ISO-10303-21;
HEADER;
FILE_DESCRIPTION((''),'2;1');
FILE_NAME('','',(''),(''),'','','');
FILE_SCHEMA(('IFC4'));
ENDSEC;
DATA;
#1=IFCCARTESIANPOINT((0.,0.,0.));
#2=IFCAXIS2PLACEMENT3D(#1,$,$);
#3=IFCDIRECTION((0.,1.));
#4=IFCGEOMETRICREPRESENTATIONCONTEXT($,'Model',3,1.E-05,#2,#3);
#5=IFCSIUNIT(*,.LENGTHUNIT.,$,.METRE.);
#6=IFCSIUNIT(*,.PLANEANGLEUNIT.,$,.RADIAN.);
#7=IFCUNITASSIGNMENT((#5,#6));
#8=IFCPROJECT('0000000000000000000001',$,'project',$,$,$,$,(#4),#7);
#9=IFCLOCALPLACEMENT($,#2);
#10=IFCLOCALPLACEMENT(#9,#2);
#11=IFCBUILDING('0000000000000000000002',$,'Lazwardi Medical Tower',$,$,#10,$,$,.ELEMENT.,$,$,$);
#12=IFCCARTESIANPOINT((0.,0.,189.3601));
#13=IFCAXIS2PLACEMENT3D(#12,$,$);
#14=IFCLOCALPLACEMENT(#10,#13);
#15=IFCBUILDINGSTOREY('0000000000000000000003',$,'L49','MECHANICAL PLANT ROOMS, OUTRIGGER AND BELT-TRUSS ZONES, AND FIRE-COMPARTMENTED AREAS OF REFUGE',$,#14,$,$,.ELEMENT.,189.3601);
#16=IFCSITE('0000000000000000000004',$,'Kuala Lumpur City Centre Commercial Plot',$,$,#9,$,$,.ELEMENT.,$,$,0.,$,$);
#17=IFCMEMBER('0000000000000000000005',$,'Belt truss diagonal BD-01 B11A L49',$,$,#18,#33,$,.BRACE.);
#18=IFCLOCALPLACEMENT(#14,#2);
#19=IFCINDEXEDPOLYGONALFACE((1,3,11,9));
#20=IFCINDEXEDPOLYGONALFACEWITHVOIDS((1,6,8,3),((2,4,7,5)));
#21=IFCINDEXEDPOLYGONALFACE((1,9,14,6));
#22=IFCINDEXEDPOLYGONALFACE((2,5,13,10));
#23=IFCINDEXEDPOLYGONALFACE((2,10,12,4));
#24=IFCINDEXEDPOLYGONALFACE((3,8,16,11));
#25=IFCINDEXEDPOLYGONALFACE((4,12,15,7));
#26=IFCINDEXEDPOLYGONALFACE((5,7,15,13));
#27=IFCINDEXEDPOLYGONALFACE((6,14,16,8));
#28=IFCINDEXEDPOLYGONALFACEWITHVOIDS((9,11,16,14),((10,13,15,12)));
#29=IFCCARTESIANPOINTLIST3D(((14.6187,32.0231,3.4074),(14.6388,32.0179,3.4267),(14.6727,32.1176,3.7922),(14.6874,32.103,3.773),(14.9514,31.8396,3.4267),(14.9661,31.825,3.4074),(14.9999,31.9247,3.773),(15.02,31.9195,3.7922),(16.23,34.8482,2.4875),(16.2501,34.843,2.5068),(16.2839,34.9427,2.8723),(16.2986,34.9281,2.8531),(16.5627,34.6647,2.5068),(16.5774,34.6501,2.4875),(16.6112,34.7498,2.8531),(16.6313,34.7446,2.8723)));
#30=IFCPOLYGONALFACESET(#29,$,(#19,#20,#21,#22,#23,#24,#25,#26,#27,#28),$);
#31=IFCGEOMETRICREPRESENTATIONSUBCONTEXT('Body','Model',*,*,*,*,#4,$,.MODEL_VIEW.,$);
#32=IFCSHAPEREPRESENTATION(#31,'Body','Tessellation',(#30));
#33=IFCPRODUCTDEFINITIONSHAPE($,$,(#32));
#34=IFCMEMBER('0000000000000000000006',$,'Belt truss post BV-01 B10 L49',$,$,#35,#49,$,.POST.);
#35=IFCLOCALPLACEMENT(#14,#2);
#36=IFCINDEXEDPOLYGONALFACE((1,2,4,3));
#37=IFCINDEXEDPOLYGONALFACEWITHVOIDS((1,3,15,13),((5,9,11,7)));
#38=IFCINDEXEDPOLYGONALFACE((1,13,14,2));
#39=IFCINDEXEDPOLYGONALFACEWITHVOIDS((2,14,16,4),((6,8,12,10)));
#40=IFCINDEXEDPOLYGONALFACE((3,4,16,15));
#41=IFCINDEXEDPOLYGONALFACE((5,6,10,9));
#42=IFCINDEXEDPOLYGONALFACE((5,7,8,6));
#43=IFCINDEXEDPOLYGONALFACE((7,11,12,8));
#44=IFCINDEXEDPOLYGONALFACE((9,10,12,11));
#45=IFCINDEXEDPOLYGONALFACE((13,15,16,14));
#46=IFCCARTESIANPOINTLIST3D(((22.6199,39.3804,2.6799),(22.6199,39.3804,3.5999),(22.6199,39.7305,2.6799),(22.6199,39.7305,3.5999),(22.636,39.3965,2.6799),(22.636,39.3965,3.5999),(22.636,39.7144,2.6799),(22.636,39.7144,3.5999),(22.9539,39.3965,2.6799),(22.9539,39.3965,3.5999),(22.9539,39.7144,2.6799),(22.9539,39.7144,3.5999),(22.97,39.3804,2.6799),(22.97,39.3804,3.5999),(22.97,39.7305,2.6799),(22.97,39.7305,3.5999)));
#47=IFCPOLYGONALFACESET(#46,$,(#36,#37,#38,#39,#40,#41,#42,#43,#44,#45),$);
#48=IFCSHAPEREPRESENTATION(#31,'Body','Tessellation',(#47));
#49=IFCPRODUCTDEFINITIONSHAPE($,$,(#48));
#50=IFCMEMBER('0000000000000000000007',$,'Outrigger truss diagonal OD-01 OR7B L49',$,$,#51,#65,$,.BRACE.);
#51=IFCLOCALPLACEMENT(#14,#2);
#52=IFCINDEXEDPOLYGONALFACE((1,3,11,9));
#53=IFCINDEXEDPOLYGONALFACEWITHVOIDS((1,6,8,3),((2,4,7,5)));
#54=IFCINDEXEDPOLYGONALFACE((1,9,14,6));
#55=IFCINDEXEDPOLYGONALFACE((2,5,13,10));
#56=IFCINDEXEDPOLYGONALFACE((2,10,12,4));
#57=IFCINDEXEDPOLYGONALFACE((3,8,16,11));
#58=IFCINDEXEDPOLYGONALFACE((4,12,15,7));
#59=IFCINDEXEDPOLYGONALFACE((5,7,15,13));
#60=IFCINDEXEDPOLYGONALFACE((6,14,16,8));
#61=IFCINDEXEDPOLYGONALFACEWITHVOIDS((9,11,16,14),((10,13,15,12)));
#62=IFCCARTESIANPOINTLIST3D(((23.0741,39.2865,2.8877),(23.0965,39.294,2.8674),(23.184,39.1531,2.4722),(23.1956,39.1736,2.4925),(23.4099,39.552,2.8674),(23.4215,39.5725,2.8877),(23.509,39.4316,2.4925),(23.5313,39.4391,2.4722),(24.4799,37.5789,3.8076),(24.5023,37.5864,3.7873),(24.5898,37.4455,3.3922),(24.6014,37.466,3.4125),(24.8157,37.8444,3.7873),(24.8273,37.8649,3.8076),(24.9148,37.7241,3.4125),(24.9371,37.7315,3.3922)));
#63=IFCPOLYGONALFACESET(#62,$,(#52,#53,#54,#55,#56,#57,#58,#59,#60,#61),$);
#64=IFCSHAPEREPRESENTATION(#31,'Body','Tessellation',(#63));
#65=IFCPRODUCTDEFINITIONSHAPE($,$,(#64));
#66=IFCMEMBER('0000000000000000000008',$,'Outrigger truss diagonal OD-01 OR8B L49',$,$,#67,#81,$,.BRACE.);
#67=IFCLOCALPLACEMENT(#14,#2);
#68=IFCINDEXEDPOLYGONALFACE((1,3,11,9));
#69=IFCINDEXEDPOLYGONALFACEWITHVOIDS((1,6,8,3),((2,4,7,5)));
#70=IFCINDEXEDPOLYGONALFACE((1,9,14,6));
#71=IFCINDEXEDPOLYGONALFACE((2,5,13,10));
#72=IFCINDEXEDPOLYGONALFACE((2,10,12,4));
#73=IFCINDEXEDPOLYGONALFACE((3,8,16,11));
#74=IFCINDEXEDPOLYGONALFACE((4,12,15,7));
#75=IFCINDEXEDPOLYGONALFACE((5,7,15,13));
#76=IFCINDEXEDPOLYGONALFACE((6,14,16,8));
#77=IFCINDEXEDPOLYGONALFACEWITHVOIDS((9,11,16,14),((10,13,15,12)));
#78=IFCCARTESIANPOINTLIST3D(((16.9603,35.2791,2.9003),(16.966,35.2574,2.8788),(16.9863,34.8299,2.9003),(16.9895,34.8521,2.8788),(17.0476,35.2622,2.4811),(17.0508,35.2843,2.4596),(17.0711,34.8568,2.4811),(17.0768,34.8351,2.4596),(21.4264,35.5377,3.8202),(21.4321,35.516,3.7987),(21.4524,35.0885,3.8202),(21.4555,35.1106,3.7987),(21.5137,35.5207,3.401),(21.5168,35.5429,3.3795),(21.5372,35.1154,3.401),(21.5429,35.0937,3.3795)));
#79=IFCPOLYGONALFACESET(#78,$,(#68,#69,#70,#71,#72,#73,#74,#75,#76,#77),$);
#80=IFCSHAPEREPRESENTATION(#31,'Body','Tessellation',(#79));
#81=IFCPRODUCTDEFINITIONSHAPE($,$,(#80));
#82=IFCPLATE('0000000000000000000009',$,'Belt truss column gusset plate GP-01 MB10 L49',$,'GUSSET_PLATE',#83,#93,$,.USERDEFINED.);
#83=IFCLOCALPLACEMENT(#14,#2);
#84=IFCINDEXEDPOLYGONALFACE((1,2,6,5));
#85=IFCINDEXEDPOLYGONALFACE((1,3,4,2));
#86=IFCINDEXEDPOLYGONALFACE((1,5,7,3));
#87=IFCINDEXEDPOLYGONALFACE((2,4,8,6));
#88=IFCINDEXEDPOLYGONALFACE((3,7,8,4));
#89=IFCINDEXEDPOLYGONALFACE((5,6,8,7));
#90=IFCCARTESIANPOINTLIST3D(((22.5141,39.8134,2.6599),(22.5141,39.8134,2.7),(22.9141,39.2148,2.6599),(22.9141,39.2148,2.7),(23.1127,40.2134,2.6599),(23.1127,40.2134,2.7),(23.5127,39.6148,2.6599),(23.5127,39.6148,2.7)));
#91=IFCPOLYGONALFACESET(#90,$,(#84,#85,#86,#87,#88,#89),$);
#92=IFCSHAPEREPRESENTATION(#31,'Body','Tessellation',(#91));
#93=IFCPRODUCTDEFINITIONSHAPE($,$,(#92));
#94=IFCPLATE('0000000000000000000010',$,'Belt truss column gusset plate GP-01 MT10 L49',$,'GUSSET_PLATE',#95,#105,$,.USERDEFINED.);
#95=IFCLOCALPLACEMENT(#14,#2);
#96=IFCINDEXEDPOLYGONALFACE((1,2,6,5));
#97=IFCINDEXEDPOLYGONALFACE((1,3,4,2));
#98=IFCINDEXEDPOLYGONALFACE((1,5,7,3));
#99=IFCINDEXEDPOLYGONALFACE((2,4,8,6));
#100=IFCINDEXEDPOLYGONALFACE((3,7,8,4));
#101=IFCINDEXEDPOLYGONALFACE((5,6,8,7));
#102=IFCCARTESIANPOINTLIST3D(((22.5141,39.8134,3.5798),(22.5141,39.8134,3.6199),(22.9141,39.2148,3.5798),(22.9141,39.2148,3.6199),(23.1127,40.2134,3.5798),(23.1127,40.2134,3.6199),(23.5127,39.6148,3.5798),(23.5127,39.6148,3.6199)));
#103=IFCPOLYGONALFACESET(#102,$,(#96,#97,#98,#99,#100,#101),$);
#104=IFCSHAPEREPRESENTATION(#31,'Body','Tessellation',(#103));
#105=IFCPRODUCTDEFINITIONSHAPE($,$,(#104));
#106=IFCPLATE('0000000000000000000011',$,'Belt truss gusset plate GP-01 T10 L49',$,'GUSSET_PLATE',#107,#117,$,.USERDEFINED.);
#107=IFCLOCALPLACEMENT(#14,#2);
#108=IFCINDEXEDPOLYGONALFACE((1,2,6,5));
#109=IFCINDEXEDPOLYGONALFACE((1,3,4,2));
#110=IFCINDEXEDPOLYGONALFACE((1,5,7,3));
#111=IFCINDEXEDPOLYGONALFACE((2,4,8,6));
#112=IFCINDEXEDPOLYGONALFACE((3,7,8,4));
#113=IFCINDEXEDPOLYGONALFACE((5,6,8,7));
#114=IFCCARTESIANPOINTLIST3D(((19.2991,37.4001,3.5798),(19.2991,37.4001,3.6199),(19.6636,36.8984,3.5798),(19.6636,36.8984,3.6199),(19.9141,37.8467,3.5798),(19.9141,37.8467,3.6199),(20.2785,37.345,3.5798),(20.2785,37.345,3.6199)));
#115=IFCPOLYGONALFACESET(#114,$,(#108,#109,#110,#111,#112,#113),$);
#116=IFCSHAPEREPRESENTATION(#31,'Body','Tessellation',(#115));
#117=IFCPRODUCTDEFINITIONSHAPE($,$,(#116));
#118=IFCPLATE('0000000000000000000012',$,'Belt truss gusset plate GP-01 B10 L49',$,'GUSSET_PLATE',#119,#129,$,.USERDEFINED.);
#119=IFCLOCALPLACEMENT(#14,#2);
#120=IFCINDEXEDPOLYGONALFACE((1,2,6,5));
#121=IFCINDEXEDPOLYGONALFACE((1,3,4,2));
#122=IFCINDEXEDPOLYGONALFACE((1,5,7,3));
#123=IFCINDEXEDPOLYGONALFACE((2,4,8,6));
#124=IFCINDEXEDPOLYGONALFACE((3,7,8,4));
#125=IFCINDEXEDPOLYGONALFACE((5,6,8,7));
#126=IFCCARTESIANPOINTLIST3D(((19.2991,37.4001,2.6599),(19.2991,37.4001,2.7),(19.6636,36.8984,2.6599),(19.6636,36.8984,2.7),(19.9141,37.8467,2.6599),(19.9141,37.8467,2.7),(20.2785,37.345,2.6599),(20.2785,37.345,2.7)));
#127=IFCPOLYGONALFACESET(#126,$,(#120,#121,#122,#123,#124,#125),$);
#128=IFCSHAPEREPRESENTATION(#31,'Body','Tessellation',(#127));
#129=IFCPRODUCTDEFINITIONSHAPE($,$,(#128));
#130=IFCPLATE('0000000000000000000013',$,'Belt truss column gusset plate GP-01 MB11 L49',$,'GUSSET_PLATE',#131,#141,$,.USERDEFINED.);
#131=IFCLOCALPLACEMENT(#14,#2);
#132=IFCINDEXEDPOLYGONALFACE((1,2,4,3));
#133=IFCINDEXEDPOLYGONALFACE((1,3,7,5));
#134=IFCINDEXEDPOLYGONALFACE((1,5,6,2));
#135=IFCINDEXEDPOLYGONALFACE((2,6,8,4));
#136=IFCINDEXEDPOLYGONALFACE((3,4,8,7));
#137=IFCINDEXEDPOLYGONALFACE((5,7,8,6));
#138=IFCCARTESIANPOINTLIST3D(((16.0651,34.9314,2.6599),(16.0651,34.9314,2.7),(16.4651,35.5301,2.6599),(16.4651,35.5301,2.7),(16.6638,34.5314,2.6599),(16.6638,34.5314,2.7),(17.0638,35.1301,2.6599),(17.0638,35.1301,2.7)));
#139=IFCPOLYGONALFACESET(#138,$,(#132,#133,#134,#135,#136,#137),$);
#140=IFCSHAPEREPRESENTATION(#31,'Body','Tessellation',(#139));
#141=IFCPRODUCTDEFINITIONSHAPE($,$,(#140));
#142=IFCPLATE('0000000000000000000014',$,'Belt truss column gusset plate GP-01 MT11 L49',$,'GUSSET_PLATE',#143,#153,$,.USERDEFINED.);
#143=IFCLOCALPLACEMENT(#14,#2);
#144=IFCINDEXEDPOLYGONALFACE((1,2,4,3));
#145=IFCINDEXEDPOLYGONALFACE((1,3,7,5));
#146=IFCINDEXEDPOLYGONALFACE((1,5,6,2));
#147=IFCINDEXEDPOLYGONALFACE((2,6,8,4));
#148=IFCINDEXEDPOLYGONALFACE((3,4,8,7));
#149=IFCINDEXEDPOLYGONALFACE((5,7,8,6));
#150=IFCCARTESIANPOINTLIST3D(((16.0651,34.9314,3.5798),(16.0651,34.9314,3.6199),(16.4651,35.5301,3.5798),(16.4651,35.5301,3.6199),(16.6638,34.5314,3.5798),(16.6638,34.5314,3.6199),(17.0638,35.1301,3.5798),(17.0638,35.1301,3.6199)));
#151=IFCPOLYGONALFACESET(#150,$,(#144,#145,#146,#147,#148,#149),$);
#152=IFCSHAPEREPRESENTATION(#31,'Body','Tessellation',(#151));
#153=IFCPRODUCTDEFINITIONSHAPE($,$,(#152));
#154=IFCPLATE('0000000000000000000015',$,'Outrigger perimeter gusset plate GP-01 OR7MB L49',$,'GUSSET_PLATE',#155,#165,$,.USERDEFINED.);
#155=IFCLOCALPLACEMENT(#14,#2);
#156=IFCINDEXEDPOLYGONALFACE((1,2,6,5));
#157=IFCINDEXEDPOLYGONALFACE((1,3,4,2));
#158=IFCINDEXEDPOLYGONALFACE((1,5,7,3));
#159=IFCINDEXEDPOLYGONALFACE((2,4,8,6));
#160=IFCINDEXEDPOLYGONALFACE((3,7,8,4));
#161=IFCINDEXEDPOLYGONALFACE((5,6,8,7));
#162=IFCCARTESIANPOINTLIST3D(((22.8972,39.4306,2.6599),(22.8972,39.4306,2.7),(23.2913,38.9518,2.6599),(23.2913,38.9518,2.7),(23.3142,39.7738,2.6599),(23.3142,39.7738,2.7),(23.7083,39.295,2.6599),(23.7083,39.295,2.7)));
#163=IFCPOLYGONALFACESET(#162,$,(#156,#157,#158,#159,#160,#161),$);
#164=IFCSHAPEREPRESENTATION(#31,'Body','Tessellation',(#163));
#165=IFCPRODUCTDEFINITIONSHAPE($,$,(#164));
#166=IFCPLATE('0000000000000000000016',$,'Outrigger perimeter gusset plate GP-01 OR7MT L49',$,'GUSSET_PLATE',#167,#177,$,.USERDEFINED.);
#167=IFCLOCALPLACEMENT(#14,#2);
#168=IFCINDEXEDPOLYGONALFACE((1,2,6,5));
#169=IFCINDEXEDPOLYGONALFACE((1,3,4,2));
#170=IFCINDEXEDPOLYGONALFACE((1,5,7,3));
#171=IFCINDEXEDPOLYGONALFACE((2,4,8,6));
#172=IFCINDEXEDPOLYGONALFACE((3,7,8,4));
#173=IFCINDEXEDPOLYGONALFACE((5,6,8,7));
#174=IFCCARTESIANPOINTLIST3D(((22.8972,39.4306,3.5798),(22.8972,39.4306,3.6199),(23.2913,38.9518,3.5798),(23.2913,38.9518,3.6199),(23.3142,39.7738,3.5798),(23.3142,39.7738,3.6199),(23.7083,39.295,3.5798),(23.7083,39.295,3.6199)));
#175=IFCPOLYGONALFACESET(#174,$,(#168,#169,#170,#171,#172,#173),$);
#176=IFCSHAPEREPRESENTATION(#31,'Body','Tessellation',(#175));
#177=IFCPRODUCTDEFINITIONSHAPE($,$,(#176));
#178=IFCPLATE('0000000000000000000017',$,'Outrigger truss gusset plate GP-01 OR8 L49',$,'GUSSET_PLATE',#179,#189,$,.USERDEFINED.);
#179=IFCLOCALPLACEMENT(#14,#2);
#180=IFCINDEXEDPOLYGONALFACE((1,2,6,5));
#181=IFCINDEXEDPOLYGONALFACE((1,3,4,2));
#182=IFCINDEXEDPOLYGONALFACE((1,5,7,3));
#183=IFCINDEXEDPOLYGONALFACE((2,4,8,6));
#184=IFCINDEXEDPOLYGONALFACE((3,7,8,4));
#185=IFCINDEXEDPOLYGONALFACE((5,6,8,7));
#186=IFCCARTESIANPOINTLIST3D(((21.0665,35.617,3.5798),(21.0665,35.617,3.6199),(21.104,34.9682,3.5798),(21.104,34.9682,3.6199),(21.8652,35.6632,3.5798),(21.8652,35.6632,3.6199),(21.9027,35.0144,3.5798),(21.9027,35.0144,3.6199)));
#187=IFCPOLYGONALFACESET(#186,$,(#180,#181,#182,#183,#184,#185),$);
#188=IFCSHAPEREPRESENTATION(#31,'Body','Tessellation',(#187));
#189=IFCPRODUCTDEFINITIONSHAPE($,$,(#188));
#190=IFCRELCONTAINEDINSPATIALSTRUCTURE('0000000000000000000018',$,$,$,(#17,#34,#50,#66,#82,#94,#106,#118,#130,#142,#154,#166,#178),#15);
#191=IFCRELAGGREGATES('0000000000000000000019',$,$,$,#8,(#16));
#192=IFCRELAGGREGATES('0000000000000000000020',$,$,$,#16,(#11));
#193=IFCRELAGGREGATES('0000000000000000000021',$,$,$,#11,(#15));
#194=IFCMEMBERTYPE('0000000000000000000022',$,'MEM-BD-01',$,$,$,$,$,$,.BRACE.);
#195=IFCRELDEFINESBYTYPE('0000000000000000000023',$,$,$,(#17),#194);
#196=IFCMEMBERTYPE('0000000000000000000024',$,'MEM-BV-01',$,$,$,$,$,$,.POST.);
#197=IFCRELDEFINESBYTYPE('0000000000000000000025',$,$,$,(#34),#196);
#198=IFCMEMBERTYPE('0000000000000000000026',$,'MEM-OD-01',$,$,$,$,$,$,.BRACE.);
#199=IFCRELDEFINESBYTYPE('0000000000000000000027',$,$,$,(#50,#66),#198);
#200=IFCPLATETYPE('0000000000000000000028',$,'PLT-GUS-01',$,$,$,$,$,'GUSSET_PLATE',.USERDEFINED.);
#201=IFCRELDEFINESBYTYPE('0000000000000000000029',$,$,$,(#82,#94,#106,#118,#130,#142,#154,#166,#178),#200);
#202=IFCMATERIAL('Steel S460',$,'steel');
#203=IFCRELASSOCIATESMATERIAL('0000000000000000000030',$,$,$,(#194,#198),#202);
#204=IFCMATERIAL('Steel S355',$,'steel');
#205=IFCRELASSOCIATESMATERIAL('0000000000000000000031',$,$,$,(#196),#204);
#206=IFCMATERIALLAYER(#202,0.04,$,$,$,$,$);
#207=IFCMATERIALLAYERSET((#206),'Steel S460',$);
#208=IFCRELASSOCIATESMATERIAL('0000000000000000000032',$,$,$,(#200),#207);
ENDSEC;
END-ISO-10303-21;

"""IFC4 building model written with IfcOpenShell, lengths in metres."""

from ifc_helpers import new_model, si_unit, direction, frame, origin, origin_2d, place, context, subcontext, project, spatial, rectangle, hollow_rectangle, extrude, material, layer, layer_set, material_profile, profile_set, type_object, element, save


model = new_model("IFC4")

# Units and contexts
model_context = context("Model", 3, precision=1e-05, world=origin(), true_north=direction((0.0, 1.0)))
body_context = subcontext(model_context, "Body", "Model", "MODEL_VIEW")
ifc_project = project(units=[si_unit("LENGTHUNIT", "METRE"), si_unit("PLANEANGLEUNIT", "RADIAN")], contexts=[model_context])

# Site, building, storey
site_placement = place(None, origin())
site = spatial("IfcSite", under=ifc_project, at=site_placement, Name="Kuala Lumpur City Centre Commercial Plot", CompositionType="ELEMENT", RefElevation=0.0)
building_placement = place(site_placement, origin())
building = spatial("IfcBuilding", under=site, at=building_placement, Name="Lazwardi Medical Tower", CompositionType="ELEMENT")
storey_placement = place(building_placement, frame((0.0, 0.0, 189.3601)))
storey = spatial("IfcBuildingStorey", under=building, at=storey_placement, Name="L49", Description="MECHANICAL PLANT ROOMS, OUTRIGGER AND BELT-TRUSS ZONES, AND FIRE-COMPARTMENTED AREAS OF REFUGE", CompositionType="ELEMENT", Elevation=189.3601)

# Shared definitions
ifc_material_1 = material(Name="Steel S355", Category="steel")
ifc_material_2 = material(Name="Steel S460", Category="steel")

# Members
ifc_material_profile_1 = material_profile(ifc_material_2, hollow_rectangle(XDim=0.3999, YDim=0.3999, WallThickness=0.02, at=origin_2d()), Name="RHS 400x400x20")
ifc_profile_set_1 = profile_set([ifc_material_profile_1], Name="Steel S460")
member_type_1 = type_object("IfcMemberType", Name="MEM-BD-01", PredefinedType="BRACE", material=ifc_profile_set_1)
member_1_placement = place(storey_placement, frame((16.4307, 34.7964, 2.6799), z_axis=(-0.476725, -0.835858, 0.272167), x_axis=(0.868649, -0.495427, 0.0)))
element("IfcMember", 1, at=member_1_placement, inside=storey, type_object=member_type_1, Name="Belt truss diagonal BD-01 B11A L49", PredefinedType="BRACE", context=body_context, shape_type="SweptSolid", body=[
    extrude(hollow_rectangle(XDim=0.3999, YDim=0.3999, WallThickness=0.02, at=origin_2d()), origin(), (0.0, 0.0, 1.0), 3.3799),
])
ifc_material_profile_2 = material_profile(ifc_material_1, hollow_rectangle(XDim=0.3501, YDim=0.3501, WallThickness=0.0161, at=origin_2d()), Name="RHS 350x350x16")
ifc_profile_set_2 = profile_set([ifc_material_profile_2], Name="Steel S355")
member_type_2 = type_object("IfcMemberType", Name="MEM-BV-01", PredefinedType="POST", material=ifc_profile_set_2)
member_2_placement = place(storey_placement, frame((22.7949, 39.5554, 2.6799), z_axis=(0.0, 0.0, 1.0), x_axis=(1.0, 0.0, 0.0)))
element("IfcMember", 2, at=member_2_placement, inside=storey, type_object=member_type_2, Name="Belt truss post BV-01 B10 L49", PredefinedType="POST", context=body_context, shape_type="SweptSolid", body=[
    extrude(hollow_rectangle(XDim=0.3501, YDim=0.3501, WallThickness=0.0161, at=origin_2d()), origin(), (0.0, 0.0, 1.0), 0.9199),
])
ifc_material_profile_3 = material_profile(ifc_material_2, hollow_rectangle(XDim=0.45, YDim=0.45, WallThickness=0.022, at=origin_2d()), Name="RHS 450x450x22")
ifc_profile_set_3 = profile_set([ifc_material_profile_3], Name="Steel S460")
member_type_3 = type_object("IfcMemberType", Name="MEM-OD-01", PredefinedType="BRACE", material=ifc_profile_set_3)
member_3_placement = place(storey_placement, frame((23.3027, 39.3628, 2.6799), z_axis=(0.586854, -0.712826, 0.384033), x_axis=(0.772026, 0.635591, 0.0)))
element("IfcMember", 3, at=member_3_placement, inside=storey, type_object=member_type_3, Name="Outrigger truss diagonal OD-01 OR7B L49", PredefinedType="BRACE", context=body_context, shape_type="SweptSolid", body=[
    extrude(hollow_rectangle(XDim=0.45, YDim=0.45, WallThickness=0.022, at=origin_2d()), origin(), (0.0, 0.0, 1.0), 2.3955),
])
member_4_placement = place(storey_placement, frame((17.0186, 35.0571, 2.6799), z_axis=(0.977867, 0.05661, 0.201422), x_axis=(-0.057794, 0.998329, 0.0)))
element("IfcMember", 4, at=member_4_placement, inside=storey, type_object=member_type_3, Name="Outrigger truss diagonal OD-01 OR8B L49", PredefinedType="BRACE", context=body_context, shape_type="SweptSolid", body=[
    extrude(hollow_rectangle(XDim=0.45, YDim=0.45, WallThickness=0.022, at=origin_2d()), origin(), (0.0, 0.0, 1.0), 4.5671),
])

# Plates
ifc_layer_1 = layer(ifc_material_2, 0.04)
ifc_layer_set_1 = layer_set([ifc_layer_1], Name="Steel S460")
plate_type = type_object("IfcPlateType", Name="PLT-GUS-01", ElementType="GUSSET_PLATE", PredefinedType="USERDEFINED", material=ifc_layer_set_1)
for number, where, z_axis, x_axis, name in (
    (5, (23.0134, 39.7141, 2.6599), (0.0, 0.0, 1.0), (-0.55557, 0.83147, 0.0), "Belt truss column gusset plate GP-01 MB10 L49"),
    (6, (23.0134, 39.7141, 3.5798), (0.0, 0.0, 1.0), (-0.55557, 0.83147, 0.0), "Belt truss column gusset plate GP-01 MT10 L49"),
):
    element("IfcPlate", number, at=place(storey_placement, frame(where, z_axis=z_axis, x_axis=x_axis)), inside=storey, type_object=plate_type, Name=name, ObjectType="GUSSET_PLATE", PredefinedType="USERDEFINED", context=body_context, shape_type="SweptSolid", body=[
        extrude(rectangle(XDim=0.72, YDim=0.72, at=origin_2d()), origin(), (0.0, 0.0, 1.0), 0.04),
    ])
for number, where, z_axis, x_axis, name in (
    (7, (19.7888, 37.3726, 3.5798), (0.0, 0.0, 1.0), (-0.80912, -0.587644, 0.0), "Belt truss gusset plate GP-01 T10 L49"),
    (8, (19.7888, 37.3726, 2.6599), (0.0, 0.0, 1.0), (-0.80912, -0.587644, 0.0), "Belt truss gusset plate GP-01 B10 L49"),
):
    element("IfcPlate", number, at=place(storey_placement, frame(where, z_axis=z_axis, x_axis=x_axis)), inside=storey, type_object=plate_type, Name=name, ObjectType="GUSSET_PLATE", PredefinedType="USERDEFINED", context=body_context, shape_type="SweptSolid", body=[
        extrude(rectangle(XDim=0.76, YDim=0.6201, at=origin_2d()), origin(), (0.0, 0.0, 1.0), 0.04),
    ])
for number, where, z_axis, x_axis, name in (
    (9, (16.5645, 35.0308, 2.6599), (0.0, 0.0, 1.0), (-0.83147, 0.55557, 0.0), "Belt truss column gusset plate GP-01 MB11 L49"),
    (10, (16.5645, 35.0308, 3.5798), (0.0, 0.0, 1.0), (-0.83147, 0.55557, 0.0), "Belt truss column gusset plate GP-01 MT11 L49"),
):
    element("IfcPlate", number, at=place(storey_placement, frame(where, z_axis=z_axis, x_axis=x_axis)), inside=storey, type_object=plate_type, Name=name, ObjectType="GUSSET_PLATE", PredefinedType="USERDEFINED", context=body_context, shape_type="SweptSolid", body=[
        extrude(rectangle(XDim=0.72, YDim=0.72, at=origin_2d()), origin(), (0.0, 0.0, 1.0), 0.04),
    ])
for number, where, z_axis, x_axis, name in (
    (11, (23.3027, 39.3628, 2.6599), (0.0, 0.0, 1.0), (-0.635539, 0.772068, 0.0), "Outrigger perimeter gusset plate GP-01 OR7MB L49"),
    (12, (23.3027, 39.3628, 3.5798), (0.0, 0.0, 1.0), (-0.635539, 0.772068, 0.0), "Outrigger perimeter gusset plate GP-01 OR7MT L49"),
):
    element("IfcPlate", number, at=place(storey_placement, frame(where, z_axis=z_axis, x_axis=x_axis)), inside=storey, type_object=plate_type, Name=name, ObjectType="GUSSET_PLATE", PredefinedType="USERDEFINED", context=body_context, shape_type="SweptSolid", body=[
        extrude(rectangle(XDim=0.6201, YDim=0.54, at=origin_2d()), origin(), (0.0, 0.0, 1.0), 0.04),
    ])
plate_placement = place(storey_placement, frame((21.4846, 35.3157, 3.5798), z_axis=(0.0, 0.0, 1.0), x_axis=(-0.998332, -0.057738, 0.0)))
element("IfcPlate", 13, at=plate_placement, inside=storey, type_object=plate_type, Name="Outrigger truss gusset plate GP-01 OR8 L49", ObjectType="GUSSET_PLATE", PredefinedType="USERDEFINED", context=body_context, shape_type="SweptSolid", body=[
    extrude(rectangle(XDim=0.8, YDim=0.6499, at=origin_2d()), origin(), (0.0, 0.0, 1.0), 0.04),
])

save(model, "model.ifc")
